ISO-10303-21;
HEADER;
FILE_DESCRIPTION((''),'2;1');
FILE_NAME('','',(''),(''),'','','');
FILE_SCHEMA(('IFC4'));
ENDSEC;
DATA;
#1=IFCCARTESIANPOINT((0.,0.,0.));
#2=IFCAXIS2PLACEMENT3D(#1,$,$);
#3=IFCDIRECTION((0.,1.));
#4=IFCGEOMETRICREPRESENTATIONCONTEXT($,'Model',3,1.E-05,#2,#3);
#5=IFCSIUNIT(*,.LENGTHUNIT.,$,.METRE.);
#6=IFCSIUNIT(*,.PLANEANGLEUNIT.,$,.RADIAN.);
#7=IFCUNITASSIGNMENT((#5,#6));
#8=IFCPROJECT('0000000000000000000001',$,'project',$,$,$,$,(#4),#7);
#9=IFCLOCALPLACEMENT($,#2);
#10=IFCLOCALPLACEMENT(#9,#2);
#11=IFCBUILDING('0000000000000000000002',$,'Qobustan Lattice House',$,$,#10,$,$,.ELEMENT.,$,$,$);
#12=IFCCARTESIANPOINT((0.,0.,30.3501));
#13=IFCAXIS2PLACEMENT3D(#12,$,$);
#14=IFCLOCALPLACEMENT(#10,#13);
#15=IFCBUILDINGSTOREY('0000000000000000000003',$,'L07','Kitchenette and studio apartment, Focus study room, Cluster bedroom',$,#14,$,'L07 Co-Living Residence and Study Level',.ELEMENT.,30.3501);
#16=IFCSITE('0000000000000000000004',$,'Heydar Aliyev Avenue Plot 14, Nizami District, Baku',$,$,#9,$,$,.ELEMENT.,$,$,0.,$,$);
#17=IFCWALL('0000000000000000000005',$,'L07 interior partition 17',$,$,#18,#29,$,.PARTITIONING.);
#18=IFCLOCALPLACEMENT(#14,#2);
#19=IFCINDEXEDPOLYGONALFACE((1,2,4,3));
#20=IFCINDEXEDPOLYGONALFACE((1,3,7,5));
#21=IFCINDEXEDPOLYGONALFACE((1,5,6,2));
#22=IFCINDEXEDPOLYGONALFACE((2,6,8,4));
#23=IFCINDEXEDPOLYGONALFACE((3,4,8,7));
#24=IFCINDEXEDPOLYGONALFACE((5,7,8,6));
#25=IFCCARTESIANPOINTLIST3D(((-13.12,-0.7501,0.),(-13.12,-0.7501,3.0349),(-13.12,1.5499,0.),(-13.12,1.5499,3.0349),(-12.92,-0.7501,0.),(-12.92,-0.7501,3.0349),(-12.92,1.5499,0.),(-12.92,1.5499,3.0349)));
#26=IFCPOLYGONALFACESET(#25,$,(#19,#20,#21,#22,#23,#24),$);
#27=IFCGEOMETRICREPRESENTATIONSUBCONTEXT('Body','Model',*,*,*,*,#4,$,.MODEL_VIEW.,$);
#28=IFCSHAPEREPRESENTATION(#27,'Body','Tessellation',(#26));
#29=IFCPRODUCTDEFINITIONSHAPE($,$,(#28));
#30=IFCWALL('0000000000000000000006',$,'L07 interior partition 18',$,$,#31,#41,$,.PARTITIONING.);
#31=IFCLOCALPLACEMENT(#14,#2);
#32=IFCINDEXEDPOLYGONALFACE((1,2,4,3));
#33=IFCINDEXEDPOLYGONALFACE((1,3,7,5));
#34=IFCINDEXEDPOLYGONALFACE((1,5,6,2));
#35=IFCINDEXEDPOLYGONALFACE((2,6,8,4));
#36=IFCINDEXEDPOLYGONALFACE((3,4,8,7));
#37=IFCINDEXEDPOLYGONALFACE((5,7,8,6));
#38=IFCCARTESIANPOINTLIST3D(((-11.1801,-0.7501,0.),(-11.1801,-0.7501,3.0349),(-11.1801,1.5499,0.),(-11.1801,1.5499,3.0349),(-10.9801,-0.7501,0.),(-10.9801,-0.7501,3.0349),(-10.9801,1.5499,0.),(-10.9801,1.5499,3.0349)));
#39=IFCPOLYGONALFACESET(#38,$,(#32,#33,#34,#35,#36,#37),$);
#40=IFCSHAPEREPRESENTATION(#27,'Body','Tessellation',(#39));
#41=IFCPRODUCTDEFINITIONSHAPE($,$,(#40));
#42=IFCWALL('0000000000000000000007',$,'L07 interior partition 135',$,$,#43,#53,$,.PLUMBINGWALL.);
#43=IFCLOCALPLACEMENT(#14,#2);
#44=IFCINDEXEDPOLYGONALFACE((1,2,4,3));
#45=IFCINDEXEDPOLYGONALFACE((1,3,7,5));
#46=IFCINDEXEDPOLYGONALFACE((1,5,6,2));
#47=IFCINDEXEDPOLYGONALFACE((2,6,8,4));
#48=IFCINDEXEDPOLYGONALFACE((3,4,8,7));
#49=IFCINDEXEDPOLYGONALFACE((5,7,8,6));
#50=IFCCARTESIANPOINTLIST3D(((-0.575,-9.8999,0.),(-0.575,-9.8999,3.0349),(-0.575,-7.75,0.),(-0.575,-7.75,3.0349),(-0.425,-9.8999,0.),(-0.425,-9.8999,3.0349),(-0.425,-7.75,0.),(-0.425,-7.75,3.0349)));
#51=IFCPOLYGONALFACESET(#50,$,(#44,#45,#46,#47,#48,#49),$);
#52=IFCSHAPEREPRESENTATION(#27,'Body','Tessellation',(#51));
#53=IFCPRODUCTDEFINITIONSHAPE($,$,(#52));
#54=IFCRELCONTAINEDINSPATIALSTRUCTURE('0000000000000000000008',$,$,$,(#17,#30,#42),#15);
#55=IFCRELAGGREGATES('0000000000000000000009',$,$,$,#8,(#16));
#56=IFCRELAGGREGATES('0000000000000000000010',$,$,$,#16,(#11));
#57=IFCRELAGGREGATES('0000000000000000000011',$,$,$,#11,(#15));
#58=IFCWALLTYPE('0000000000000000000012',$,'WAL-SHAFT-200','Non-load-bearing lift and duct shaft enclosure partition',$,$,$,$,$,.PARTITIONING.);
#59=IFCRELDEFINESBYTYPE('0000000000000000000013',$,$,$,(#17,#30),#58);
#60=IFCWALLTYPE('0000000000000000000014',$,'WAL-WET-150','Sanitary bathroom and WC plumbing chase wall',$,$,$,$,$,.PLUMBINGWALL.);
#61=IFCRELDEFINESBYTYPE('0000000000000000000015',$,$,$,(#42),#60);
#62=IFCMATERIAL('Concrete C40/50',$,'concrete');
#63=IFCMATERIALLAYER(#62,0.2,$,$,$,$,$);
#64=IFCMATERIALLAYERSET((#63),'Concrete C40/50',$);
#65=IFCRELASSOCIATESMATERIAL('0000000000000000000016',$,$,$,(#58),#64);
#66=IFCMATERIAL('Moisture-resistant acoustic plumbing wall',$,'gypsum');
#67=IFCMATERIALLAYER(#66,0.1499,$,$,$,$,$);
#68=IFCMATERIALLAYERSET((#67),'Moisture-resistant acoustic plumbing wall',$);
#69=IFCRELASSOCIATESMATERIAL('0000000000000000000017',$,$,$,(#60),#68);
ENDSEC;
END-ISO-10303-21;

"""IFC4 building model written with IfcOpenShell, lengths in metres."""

from ifc_helpers import new_model, si_unit, direction, frame, frame_2d, origin, place, context, subcontext, project, spatial, rectangle, extrude, material, layer, layer_set, type_object, element, save


model = new_model("IFC4")

# Units and contexts
model_context = context("Model", 3, precision=1e-05, world=origin(), true_north=direction((0.0, 1.0)))
body_context = subcontext(model_context, "Body", "Model", "MODEL_VIEW")
ifc_project = project(units=[si_unit("LENGTHUNIT", "METRE"), si_unit("PLANEANGLEUNIT", "RADIAN")], contexts=[model_context])

# Site, building, storey
site_placement = place(None, origin())
site = spatial("IfcSite", under=ifc_project, at=site_placement, Name="Heydar Aliyev Avenue Plot 14, Nizami District, Baku", CompositionType="ELEMENT", RefElevation=0.0)
building_placement = place(site_placement, origin())
building = spatial("IfcBuilding", under=site, at=building_placement, Name="Qobustan Lattice House", CompositionType="ELEMENT")
storey_placement = place(building_placement, frame((0.0, 0.0, 30.3501)))
storey = spatial("IfcBuildingStorey", under=building, at=storey_placement, Name="L07", Description="Kitchenette and studio apartment, Focus study room, Cluster bedroom", LongName="L07 Co-Living Residence and Study Level", CompositionType="ELEMENT", Elevation=30.3501)

# Shared definitions
ifc_material_1 = material(Name="Concrete C40/50", Category="concrete")
ifc_layer_1 = layer(ifc_material_1, 0.2)
ifc_layer_set_1 = layer_set([ifc_layer_1], Name="Concrete C40/50")
wall_type_1 = type_object("IfcWallType", Name="WAL-SHAFT-200", Description="Non-load-bearing lift and duct shaft enclosure partition", PredefinedType="PARTITIONING", material=ifc_layer_set_1)

# Walls
for number, where, z_axis, x_axis, name in (
    (1, (-13.02, -0.75, 0.0), (0.0, 0.0, 1.0), (0.0, 1.0, 0.0), "L07 interior partition 17"),
    (2, (-11.0801, -0.75, 0.0), (0.0, 0.0, 1.0), (0.0, 1.0, 0.0), "L07 interior partition 18"),
):
    element("IfcWall", number, at=place(storey_placement, frame(where, z_axis=z_axis, x_axis=x_axis)), inside=storey, type_object=wall_type_1, Name=name, PredefinedType="PARTITIONING", context=body_context, shape_type="SweptSolid", body=[
        extrude(rectangle(XDim=2.3, YDim=0.2, at=frame_2d((1.1499, 0.0))), origin(), (0.0, 0.0, 1.0), 3.0349),
    ])
ifc_material_2 = material(Name="Moisture-resistant acoustic plumbing wall", Category="gypsum")
ifc_layer_2 = layer(ifc_material_2, 0.1499)
ifc_layer_set_2 = layer_set([ifc_layer_2], Name="Moisture-resistant acoustic plumbing wall")
wall_type_2 = type_object("IfcWallType", Name="WAL-WET-150", Description="Sanitary bathroom and WC plumbing chase wall", PredefinedType="PLUMBINGWALL", material=ifc_layer_set_2)
wall_1_placement = place(storey_placement, frame((-0.5, -7.75, 0.0), z_axis=(0.0, 0.0, 1.0), x_axis=(0.0, -1.0, 0.0)))
element("IfcWall", 3, at=wall_1_placement, inside=storey, type_object=wall_type_2, Name="L07 interior partition 135", PredefinedType="PLUMBINGWALL", context=body_context, shape_type="SweptSolid", body=[
    extrude(rectangle(XDim=2.1499, YDim=0.1499, at=frame_2d((1.075, 0.0))), origin(), (0.0, 0.0, 1.0), 3.0349),
])

save(model, "model.ifc")
